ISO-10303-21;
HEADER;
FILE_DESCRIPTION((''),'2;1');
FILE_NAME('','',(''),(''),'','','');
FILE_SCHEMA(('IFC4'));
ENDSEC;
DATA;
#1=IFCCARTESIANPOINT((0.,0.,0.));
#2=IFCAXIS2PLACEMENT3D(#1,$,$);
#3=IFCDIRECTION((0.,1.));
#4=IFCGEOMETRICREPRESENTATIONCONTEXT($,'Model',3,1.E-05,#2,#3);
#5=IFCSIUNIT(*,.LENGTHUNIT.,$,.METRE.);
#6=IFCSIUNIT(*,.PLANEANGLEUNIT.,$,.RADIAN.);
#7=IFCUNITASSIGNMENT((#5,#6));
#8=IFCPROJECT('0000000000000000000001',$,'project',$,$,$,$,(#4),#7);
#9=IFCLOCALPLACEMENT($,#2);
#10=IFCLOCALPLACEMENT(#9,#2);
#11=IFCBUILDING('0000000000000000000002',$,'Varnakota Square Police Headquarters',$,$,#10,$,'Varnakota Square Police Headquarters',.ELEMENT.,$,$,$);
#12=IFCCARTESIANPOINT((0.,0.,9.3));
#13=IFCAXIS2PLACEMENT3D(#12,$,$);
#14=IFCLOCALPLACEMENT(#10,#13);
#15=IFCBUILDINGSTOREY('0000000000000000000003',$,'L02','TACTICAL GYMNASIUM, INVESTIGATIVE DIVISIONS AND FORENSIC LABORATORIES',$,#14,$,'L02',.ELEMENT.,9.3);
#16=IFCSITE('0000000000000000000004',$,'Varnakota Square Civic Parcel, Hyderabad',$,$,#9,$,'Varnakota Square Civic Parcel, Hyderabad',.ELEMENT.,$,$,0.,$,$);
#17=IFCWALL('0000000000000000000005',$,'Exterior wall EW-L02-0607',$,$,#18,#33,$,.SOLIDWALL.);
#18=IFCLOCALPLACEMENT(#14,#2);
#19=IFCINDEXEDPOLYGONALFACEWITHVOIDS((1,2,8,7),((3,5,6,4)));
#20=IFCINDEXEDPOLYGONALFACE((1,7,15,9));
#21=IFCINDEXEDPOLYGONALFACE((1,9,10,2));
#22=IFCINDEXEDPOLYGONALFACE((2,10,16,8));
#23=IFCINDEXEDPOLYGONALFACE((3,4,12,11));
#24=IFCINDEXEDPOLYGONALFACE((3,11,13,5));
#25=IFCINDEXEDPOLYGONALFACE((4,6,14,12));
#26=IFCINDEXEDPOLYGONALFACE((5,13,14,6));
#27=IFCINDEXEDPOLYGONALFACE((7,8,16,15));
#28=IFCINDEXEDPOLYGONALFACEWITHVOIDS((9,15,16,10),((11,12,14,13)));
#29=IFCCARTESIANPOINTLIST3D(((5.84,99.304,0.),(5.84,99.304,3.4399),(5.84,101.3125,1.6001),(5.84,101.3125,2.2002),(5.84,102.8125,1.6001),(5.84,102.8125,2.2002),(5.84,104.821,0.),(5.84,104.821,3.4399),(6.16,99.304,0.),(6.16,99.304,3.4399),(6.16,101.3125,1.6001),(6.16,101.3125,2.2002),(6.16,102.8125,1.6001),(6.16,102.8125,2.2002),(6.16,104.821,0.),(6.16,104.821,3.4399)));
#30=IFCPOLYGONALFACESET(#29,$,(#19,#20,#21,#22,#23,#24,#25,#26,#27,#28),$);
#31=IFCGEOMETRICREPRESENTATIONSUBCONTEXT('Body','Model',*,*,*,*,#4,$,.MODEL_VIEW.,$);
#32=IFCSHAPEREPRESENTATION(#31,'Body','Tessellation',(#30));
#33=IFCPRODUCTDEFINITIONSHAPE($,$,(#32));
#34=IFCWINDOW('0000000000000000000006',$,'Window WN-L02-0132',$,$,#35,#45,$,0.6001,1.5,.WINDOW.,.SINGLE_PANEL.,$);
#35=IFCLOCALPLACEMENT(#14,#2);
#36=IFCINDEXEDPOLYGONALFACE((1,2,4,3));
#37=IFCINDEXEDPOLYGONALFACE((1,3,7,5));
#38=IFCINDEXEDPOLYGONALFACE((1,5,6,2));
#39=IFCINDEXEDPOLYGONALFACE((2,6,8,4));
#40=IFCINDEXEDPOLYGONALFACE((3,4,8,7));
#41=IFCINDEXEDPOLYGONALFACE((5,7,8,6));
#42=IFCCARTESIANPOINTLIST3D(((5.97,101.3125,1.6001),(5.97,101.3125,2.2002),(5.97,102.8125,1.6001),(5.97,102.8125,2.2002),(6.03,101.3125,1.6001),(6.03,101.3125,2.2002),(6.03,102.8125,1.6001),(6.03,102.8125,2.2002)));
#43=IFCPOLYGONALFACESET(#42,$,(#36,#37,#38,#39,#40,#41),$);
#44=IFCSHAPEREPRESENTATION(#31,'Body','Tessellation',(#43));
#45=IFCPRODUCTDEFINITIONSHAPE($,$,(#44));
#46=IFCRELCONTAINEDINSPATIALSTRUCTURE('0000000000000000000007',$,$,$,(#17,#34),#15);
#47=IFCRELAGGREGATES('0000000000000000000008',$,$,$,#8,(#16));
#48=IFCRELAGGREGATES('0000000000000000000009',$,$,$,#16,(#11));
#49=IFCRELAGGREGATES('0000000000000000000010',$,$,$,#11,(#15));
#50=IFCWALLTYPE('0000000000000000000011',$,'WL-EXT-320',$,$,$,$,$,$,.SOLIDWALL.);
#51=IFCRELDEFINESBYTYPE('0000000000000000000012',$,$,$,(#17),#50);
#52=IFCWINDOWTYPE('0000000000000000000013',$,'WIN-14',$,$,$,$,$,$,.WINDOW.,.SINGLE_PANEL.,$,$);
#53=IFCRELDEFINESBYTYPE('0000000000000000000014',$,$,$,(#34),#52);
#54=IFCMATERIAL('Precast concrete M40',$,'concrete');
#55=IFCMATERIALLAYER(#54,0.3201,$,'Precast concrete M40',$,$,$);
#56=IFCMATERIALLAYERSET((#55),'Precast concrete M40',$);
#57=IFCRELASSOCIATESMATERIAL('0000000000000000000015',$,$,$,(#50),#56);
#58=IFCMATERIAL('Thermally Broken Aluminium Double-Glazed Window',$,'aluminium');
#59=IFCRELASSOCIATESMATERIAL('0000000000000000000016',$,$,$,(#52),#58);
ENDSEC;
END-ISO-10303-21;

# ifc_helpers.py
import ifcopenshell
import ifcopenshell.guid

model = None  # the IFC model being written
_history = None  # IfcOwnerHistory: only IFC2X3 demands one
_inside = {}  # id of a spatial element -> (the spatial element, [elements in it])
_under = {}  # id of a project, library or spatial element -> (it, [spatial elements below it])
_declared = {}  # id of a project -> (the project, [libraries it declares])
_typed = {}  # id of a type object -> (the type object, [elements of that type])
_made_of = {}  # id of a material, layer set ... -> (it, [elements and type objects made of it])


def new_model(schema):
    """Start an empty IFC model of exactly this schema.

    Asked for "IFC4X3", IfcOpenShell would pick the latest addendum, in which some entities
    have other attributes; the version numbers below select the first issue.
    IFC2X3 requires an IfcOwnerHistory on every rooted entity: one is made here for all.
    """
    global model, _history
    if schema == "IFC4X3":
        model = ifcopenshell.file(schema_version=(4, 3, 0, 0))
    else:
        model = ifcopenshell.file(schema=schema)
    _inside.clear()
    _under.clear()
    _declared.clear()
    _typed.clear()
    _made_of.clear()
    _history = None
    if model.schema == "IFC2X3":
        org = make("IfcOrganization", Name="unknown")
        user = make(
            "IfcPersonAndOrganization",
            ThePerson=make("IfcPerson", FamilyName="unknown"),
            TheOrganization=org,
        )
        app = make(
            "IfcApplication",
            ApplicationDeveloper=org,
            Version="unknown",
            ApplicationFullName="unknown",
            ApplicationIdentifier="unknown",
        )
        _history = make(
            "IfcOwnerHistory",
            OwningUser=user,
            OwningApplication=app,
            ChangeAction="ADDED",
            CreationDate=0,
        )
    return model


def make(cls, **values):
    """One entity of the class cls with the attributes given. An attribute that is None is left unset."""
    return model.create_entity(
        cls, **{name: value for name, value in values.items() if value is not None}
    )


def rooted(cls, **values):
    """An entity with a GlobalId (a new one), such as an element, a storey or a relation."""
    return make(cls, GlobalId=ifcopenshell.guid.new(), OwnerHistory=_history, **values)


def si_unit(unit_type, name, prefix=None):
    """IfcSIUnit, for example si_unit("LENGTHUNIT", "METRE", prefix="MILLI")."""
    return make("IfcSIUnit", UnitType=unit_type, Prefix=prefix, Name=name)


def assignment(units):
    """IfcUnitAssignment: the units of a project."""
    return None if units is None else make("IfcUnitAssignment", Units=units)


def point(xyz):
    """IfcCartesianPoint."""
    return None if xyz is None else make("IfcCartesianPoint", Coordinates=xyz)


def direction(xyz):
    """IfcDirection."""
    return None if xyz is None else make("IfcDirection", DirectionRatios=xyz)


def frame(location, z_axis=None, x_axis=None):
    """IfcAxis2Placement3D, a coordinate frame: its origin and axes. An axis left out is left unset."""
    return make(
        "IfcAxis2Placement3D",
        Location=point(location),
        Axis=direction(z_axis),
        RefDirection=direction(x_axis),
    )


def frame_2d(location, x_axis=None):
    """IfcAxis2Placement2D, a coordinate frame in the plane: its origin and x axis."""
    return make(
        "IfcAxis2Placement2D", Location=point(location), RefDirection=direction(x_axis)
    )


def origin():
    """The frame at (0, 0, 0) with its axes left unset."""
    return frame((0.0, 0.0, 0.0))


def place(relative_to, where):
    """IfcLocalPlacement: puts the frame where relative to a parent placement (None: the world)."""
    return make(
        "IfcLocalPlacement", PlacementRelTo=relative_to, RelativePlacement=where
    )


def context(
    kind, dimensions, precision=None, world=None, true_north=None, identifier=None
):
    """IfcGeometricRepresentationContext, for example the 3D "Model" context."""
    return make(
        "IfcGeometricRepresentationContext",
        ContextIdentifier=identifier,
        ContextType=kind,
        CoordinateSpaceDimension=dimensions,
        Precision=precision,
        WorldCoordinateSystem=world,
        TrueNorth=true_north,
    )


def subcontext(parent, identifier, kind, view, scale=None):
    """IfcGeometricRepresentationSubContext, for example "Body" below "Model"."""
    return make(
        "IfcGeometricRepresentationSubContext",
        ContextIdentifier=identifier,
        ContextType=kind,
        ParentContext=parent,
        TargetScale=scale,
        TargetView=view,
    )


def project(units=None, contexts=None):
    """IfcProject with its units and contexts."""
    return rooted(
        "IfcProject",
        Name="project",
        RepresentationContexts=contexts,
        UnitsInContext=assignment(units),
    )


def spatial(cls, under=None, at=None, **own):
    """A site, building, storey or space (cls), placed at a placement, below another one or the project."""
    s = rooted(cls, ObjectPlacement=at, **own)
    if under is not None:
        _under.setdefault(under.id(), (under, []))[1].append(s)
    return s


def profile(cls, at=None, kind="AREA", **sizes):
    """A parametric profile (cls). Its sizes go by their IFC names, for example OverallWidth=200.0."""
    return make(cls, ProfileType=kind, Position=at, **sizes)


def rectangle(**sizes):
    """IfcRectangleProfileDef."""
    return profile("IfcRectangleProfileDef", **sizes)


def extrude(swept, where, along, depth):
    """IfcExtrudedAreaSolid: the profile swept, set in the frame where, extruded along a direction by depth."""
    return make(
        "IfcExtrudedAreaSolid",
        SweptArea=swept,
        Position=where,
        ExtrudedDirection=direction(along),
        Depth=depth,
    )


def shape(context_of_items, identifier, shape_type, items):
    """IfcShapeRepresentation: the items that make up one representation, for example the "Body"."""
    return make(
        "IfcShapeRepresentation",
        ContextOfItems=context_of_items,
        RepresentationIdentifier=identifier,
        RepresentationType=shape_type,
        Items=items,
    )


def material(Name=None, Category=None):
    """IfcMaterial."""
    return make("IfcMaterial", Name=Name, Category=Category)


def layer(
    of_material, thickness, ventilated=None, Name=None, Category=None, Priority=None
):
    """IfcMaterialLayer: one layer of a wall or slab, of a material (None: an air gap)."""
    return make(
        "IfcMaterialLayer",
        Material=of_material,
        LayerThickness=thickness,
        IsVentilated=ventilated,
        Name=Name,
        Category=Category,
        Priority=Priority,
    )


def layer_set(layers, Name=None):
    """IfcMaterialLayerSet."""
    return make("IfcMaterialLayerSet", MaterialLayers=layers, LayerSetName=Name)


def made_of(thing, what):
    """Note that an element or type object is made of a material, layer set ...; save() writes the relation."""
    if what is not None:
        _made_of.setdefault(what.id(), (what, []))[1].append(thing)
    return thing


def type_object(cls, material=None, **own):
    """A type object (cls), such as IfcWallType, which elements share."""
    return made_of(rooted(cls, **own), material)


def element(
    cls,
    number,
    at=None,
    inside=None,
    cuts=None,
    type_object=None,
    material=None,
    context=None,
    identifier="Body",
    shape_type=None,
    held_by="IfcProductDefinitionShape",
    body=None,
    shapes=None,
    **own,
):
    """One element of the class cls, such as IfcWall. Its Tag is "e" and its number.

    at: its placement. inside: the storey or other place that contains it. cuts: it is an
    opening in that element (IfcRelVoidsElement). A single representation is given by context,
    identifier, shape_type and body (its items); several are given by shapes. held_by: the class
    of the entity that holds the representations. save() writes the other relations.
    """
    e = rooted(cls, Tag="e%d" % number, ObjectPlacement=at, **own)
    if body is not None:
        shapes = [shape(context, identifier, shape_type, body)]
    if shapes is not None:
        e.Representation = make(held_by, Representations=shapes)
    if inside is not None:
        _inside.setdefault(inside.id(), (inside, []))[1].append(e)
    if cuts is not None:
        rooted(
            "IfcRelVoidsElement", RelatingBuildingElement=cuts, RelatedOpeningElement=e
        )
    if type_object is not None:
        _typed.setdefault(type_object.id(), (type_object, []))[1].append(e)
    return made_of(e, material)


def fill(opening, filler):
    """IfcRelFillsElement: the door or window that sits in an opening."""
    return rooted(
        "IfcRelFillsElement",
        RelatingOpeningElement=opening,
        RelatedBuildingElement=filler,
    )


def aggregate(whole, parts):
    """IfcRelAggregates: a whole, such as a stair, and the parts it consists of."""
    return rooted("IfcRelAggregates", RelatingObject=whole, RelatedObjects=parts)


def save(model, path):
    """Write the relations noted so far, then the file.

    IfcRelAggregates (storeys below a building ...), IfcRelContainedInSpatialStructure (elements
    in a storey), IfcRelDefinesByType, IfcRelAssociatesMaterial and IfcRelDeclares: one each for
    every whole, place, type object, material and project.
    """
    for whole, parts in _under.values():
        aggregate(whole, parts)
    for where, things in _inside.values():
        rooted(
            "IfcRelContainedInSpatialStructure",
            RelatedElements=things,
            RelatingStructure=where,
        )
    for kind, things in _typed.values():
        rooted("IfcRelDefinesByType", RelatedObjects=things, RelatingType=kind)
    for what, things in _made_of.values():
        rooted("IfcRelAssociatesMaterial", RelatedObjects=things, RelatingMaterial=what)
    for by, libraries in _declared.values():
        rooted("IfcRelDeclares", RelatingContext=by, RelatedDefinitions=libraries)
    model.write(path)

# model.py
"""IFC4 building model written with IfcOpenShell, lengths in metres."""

from ifc_helpers import new_model, si_unit, direction, frame, frame_2d, origin, place, context, subcontext, project, spatial, rectangle, extrude, material, layer, layer_set, type_object, element, fill, save


model = new_model("IFC4")

# Units and contexts
model_context = context("Model", 3, precision=1e-05, world=origin(), true_north=direction((0.0, 1.0)))
body_context = subcontext(model_context, "Body", "Model", "MODEL_VIEW")
ifc_project = project(units=[si_unit("LENGTHUNIT", "METRE"), si_unit("PLANEANGLEUNIT", "RADIAN")], contexts=[model_context])

# Site, building, storey
site_placement = place(None, origin())
site = spatial("IfcSite", under=ifc_project, at=site_placement, Name="Varnakota Square Civic Parcel, Hyderabad", LongName="Varnakota Square Civic Parcel, Hyderabad", CompositionType="ELEMENT", RefElevation=0.0)
building_placement = place(site_placement, origin())
building = spatial("IfcBuilding", under=site, at=building_placement, Name="Varnakota Square Police Headquarters", LongName="Varnakota Square Police Headquarters", CompositionType="ELEMENT")
storey_placement = place(building_placement, frame((0.0, 0.0, 9.3)))
storey = spatial("IfcBuildingStorey", under=building, at=storey_placement, Name="L02", Description="TACTICAL GYMNASIUM, INVESTIGATIVE DIVISIONS AND FORENSIC LABORATORIES", LongName="L02", CompositionType="ELEMENT", Elevation=9.3)

# Wall, opening, window
ifc_material_1 = material(Name="Precast concrete M40", Category="concrete")
ifc_layer_1 = layer(ifc_material_1, 0.3201, Name="Precast concrete M40")
ifc_layer_set_1 = layer_set([ifc_layer_1], Name="Precast concrete M40")
wall_type = type_object("IfcWallType", Name="WL-EXT-320", PredefinedType="SOLIDWALL", material=ifc_layer_set_1)
ifc_material_2 = material(Name="Thermally Broken Aluminium Double-Glazed Window", Category="aluminium")
window_type = type_object("IfcWindowType", Name="WIN-14", PartitioningType="SINGLE_PANEL", PredefinedType="WINDOW", material=ifc_material_2)
wall_1_placement = place(storey_placement, frame((6.0, 99.304, 0.0), z_axis=(0.0, 0.0, 1.0), x_axis=(0.0, 1.0, 0.0)))
wall_1 = element("IfcWall", 1, at=wall_1_placement, inside=storey, type_object=wall_type, Name="Exterior wall EW-L02-0607", PredefinedType="SOLIDWALL", context=body_context, shape_type="SweptSolid", body=[
    extrude(rectangle(XDim=5.5171, YDim=0.3201, at=frame_2d((2.7585, 0.0))), origin(), (0.0, 0.0, 1.0), 3.4399),
])
opening_1_placement = place(wall_1_placement, frame((2.0085, 0.0, 1.6001)))
opening_1 = element("IfcOpeningElement", 2, at=opening_1_placement, cuts=wall_1, PredefinedType="OPENING", context=body_context, shape_type="SweptSolid", body=[
    extrude(rectangle(XDim=1.5, YDim=0.6001, at=frame_2d((0.75, 0.3))), frame((0.0, 0.1699, 0.0), z_axis=(0.0, -1.0, 0.0), x_axis=(1.0, 0.0, 0.0)), (0.0, 0.0, 1.0), 0.3401),
])
window_1_placement = place(opening_1_placement, origin())
window_1 = element("IfcWindow", 3, at=window_1_placement, inside=storey, type_object=window_type, Name="Window WN-L02-0132", OverallHeight=0.6001, OverallWidth=1.5, PartitioningType="SINGLE_PANEL", PredefinedType="WINDOW", context=body_context, shape_type="SweptSolid", body=[
    extrude(rectangle(XDim=1.5, YDim=0.6001, at=frame_2d((0.75, 0.3))), frame((0.0, 0.03, 0.0), z_axis=(0.0, -1.0, 0.0), x_axis=(1.0, 0.0, 0.0)), (0.0, 0.0, 1.0), 0.0601),
])
fill(opening_1, window_1)

save(model, "model.ifc")
